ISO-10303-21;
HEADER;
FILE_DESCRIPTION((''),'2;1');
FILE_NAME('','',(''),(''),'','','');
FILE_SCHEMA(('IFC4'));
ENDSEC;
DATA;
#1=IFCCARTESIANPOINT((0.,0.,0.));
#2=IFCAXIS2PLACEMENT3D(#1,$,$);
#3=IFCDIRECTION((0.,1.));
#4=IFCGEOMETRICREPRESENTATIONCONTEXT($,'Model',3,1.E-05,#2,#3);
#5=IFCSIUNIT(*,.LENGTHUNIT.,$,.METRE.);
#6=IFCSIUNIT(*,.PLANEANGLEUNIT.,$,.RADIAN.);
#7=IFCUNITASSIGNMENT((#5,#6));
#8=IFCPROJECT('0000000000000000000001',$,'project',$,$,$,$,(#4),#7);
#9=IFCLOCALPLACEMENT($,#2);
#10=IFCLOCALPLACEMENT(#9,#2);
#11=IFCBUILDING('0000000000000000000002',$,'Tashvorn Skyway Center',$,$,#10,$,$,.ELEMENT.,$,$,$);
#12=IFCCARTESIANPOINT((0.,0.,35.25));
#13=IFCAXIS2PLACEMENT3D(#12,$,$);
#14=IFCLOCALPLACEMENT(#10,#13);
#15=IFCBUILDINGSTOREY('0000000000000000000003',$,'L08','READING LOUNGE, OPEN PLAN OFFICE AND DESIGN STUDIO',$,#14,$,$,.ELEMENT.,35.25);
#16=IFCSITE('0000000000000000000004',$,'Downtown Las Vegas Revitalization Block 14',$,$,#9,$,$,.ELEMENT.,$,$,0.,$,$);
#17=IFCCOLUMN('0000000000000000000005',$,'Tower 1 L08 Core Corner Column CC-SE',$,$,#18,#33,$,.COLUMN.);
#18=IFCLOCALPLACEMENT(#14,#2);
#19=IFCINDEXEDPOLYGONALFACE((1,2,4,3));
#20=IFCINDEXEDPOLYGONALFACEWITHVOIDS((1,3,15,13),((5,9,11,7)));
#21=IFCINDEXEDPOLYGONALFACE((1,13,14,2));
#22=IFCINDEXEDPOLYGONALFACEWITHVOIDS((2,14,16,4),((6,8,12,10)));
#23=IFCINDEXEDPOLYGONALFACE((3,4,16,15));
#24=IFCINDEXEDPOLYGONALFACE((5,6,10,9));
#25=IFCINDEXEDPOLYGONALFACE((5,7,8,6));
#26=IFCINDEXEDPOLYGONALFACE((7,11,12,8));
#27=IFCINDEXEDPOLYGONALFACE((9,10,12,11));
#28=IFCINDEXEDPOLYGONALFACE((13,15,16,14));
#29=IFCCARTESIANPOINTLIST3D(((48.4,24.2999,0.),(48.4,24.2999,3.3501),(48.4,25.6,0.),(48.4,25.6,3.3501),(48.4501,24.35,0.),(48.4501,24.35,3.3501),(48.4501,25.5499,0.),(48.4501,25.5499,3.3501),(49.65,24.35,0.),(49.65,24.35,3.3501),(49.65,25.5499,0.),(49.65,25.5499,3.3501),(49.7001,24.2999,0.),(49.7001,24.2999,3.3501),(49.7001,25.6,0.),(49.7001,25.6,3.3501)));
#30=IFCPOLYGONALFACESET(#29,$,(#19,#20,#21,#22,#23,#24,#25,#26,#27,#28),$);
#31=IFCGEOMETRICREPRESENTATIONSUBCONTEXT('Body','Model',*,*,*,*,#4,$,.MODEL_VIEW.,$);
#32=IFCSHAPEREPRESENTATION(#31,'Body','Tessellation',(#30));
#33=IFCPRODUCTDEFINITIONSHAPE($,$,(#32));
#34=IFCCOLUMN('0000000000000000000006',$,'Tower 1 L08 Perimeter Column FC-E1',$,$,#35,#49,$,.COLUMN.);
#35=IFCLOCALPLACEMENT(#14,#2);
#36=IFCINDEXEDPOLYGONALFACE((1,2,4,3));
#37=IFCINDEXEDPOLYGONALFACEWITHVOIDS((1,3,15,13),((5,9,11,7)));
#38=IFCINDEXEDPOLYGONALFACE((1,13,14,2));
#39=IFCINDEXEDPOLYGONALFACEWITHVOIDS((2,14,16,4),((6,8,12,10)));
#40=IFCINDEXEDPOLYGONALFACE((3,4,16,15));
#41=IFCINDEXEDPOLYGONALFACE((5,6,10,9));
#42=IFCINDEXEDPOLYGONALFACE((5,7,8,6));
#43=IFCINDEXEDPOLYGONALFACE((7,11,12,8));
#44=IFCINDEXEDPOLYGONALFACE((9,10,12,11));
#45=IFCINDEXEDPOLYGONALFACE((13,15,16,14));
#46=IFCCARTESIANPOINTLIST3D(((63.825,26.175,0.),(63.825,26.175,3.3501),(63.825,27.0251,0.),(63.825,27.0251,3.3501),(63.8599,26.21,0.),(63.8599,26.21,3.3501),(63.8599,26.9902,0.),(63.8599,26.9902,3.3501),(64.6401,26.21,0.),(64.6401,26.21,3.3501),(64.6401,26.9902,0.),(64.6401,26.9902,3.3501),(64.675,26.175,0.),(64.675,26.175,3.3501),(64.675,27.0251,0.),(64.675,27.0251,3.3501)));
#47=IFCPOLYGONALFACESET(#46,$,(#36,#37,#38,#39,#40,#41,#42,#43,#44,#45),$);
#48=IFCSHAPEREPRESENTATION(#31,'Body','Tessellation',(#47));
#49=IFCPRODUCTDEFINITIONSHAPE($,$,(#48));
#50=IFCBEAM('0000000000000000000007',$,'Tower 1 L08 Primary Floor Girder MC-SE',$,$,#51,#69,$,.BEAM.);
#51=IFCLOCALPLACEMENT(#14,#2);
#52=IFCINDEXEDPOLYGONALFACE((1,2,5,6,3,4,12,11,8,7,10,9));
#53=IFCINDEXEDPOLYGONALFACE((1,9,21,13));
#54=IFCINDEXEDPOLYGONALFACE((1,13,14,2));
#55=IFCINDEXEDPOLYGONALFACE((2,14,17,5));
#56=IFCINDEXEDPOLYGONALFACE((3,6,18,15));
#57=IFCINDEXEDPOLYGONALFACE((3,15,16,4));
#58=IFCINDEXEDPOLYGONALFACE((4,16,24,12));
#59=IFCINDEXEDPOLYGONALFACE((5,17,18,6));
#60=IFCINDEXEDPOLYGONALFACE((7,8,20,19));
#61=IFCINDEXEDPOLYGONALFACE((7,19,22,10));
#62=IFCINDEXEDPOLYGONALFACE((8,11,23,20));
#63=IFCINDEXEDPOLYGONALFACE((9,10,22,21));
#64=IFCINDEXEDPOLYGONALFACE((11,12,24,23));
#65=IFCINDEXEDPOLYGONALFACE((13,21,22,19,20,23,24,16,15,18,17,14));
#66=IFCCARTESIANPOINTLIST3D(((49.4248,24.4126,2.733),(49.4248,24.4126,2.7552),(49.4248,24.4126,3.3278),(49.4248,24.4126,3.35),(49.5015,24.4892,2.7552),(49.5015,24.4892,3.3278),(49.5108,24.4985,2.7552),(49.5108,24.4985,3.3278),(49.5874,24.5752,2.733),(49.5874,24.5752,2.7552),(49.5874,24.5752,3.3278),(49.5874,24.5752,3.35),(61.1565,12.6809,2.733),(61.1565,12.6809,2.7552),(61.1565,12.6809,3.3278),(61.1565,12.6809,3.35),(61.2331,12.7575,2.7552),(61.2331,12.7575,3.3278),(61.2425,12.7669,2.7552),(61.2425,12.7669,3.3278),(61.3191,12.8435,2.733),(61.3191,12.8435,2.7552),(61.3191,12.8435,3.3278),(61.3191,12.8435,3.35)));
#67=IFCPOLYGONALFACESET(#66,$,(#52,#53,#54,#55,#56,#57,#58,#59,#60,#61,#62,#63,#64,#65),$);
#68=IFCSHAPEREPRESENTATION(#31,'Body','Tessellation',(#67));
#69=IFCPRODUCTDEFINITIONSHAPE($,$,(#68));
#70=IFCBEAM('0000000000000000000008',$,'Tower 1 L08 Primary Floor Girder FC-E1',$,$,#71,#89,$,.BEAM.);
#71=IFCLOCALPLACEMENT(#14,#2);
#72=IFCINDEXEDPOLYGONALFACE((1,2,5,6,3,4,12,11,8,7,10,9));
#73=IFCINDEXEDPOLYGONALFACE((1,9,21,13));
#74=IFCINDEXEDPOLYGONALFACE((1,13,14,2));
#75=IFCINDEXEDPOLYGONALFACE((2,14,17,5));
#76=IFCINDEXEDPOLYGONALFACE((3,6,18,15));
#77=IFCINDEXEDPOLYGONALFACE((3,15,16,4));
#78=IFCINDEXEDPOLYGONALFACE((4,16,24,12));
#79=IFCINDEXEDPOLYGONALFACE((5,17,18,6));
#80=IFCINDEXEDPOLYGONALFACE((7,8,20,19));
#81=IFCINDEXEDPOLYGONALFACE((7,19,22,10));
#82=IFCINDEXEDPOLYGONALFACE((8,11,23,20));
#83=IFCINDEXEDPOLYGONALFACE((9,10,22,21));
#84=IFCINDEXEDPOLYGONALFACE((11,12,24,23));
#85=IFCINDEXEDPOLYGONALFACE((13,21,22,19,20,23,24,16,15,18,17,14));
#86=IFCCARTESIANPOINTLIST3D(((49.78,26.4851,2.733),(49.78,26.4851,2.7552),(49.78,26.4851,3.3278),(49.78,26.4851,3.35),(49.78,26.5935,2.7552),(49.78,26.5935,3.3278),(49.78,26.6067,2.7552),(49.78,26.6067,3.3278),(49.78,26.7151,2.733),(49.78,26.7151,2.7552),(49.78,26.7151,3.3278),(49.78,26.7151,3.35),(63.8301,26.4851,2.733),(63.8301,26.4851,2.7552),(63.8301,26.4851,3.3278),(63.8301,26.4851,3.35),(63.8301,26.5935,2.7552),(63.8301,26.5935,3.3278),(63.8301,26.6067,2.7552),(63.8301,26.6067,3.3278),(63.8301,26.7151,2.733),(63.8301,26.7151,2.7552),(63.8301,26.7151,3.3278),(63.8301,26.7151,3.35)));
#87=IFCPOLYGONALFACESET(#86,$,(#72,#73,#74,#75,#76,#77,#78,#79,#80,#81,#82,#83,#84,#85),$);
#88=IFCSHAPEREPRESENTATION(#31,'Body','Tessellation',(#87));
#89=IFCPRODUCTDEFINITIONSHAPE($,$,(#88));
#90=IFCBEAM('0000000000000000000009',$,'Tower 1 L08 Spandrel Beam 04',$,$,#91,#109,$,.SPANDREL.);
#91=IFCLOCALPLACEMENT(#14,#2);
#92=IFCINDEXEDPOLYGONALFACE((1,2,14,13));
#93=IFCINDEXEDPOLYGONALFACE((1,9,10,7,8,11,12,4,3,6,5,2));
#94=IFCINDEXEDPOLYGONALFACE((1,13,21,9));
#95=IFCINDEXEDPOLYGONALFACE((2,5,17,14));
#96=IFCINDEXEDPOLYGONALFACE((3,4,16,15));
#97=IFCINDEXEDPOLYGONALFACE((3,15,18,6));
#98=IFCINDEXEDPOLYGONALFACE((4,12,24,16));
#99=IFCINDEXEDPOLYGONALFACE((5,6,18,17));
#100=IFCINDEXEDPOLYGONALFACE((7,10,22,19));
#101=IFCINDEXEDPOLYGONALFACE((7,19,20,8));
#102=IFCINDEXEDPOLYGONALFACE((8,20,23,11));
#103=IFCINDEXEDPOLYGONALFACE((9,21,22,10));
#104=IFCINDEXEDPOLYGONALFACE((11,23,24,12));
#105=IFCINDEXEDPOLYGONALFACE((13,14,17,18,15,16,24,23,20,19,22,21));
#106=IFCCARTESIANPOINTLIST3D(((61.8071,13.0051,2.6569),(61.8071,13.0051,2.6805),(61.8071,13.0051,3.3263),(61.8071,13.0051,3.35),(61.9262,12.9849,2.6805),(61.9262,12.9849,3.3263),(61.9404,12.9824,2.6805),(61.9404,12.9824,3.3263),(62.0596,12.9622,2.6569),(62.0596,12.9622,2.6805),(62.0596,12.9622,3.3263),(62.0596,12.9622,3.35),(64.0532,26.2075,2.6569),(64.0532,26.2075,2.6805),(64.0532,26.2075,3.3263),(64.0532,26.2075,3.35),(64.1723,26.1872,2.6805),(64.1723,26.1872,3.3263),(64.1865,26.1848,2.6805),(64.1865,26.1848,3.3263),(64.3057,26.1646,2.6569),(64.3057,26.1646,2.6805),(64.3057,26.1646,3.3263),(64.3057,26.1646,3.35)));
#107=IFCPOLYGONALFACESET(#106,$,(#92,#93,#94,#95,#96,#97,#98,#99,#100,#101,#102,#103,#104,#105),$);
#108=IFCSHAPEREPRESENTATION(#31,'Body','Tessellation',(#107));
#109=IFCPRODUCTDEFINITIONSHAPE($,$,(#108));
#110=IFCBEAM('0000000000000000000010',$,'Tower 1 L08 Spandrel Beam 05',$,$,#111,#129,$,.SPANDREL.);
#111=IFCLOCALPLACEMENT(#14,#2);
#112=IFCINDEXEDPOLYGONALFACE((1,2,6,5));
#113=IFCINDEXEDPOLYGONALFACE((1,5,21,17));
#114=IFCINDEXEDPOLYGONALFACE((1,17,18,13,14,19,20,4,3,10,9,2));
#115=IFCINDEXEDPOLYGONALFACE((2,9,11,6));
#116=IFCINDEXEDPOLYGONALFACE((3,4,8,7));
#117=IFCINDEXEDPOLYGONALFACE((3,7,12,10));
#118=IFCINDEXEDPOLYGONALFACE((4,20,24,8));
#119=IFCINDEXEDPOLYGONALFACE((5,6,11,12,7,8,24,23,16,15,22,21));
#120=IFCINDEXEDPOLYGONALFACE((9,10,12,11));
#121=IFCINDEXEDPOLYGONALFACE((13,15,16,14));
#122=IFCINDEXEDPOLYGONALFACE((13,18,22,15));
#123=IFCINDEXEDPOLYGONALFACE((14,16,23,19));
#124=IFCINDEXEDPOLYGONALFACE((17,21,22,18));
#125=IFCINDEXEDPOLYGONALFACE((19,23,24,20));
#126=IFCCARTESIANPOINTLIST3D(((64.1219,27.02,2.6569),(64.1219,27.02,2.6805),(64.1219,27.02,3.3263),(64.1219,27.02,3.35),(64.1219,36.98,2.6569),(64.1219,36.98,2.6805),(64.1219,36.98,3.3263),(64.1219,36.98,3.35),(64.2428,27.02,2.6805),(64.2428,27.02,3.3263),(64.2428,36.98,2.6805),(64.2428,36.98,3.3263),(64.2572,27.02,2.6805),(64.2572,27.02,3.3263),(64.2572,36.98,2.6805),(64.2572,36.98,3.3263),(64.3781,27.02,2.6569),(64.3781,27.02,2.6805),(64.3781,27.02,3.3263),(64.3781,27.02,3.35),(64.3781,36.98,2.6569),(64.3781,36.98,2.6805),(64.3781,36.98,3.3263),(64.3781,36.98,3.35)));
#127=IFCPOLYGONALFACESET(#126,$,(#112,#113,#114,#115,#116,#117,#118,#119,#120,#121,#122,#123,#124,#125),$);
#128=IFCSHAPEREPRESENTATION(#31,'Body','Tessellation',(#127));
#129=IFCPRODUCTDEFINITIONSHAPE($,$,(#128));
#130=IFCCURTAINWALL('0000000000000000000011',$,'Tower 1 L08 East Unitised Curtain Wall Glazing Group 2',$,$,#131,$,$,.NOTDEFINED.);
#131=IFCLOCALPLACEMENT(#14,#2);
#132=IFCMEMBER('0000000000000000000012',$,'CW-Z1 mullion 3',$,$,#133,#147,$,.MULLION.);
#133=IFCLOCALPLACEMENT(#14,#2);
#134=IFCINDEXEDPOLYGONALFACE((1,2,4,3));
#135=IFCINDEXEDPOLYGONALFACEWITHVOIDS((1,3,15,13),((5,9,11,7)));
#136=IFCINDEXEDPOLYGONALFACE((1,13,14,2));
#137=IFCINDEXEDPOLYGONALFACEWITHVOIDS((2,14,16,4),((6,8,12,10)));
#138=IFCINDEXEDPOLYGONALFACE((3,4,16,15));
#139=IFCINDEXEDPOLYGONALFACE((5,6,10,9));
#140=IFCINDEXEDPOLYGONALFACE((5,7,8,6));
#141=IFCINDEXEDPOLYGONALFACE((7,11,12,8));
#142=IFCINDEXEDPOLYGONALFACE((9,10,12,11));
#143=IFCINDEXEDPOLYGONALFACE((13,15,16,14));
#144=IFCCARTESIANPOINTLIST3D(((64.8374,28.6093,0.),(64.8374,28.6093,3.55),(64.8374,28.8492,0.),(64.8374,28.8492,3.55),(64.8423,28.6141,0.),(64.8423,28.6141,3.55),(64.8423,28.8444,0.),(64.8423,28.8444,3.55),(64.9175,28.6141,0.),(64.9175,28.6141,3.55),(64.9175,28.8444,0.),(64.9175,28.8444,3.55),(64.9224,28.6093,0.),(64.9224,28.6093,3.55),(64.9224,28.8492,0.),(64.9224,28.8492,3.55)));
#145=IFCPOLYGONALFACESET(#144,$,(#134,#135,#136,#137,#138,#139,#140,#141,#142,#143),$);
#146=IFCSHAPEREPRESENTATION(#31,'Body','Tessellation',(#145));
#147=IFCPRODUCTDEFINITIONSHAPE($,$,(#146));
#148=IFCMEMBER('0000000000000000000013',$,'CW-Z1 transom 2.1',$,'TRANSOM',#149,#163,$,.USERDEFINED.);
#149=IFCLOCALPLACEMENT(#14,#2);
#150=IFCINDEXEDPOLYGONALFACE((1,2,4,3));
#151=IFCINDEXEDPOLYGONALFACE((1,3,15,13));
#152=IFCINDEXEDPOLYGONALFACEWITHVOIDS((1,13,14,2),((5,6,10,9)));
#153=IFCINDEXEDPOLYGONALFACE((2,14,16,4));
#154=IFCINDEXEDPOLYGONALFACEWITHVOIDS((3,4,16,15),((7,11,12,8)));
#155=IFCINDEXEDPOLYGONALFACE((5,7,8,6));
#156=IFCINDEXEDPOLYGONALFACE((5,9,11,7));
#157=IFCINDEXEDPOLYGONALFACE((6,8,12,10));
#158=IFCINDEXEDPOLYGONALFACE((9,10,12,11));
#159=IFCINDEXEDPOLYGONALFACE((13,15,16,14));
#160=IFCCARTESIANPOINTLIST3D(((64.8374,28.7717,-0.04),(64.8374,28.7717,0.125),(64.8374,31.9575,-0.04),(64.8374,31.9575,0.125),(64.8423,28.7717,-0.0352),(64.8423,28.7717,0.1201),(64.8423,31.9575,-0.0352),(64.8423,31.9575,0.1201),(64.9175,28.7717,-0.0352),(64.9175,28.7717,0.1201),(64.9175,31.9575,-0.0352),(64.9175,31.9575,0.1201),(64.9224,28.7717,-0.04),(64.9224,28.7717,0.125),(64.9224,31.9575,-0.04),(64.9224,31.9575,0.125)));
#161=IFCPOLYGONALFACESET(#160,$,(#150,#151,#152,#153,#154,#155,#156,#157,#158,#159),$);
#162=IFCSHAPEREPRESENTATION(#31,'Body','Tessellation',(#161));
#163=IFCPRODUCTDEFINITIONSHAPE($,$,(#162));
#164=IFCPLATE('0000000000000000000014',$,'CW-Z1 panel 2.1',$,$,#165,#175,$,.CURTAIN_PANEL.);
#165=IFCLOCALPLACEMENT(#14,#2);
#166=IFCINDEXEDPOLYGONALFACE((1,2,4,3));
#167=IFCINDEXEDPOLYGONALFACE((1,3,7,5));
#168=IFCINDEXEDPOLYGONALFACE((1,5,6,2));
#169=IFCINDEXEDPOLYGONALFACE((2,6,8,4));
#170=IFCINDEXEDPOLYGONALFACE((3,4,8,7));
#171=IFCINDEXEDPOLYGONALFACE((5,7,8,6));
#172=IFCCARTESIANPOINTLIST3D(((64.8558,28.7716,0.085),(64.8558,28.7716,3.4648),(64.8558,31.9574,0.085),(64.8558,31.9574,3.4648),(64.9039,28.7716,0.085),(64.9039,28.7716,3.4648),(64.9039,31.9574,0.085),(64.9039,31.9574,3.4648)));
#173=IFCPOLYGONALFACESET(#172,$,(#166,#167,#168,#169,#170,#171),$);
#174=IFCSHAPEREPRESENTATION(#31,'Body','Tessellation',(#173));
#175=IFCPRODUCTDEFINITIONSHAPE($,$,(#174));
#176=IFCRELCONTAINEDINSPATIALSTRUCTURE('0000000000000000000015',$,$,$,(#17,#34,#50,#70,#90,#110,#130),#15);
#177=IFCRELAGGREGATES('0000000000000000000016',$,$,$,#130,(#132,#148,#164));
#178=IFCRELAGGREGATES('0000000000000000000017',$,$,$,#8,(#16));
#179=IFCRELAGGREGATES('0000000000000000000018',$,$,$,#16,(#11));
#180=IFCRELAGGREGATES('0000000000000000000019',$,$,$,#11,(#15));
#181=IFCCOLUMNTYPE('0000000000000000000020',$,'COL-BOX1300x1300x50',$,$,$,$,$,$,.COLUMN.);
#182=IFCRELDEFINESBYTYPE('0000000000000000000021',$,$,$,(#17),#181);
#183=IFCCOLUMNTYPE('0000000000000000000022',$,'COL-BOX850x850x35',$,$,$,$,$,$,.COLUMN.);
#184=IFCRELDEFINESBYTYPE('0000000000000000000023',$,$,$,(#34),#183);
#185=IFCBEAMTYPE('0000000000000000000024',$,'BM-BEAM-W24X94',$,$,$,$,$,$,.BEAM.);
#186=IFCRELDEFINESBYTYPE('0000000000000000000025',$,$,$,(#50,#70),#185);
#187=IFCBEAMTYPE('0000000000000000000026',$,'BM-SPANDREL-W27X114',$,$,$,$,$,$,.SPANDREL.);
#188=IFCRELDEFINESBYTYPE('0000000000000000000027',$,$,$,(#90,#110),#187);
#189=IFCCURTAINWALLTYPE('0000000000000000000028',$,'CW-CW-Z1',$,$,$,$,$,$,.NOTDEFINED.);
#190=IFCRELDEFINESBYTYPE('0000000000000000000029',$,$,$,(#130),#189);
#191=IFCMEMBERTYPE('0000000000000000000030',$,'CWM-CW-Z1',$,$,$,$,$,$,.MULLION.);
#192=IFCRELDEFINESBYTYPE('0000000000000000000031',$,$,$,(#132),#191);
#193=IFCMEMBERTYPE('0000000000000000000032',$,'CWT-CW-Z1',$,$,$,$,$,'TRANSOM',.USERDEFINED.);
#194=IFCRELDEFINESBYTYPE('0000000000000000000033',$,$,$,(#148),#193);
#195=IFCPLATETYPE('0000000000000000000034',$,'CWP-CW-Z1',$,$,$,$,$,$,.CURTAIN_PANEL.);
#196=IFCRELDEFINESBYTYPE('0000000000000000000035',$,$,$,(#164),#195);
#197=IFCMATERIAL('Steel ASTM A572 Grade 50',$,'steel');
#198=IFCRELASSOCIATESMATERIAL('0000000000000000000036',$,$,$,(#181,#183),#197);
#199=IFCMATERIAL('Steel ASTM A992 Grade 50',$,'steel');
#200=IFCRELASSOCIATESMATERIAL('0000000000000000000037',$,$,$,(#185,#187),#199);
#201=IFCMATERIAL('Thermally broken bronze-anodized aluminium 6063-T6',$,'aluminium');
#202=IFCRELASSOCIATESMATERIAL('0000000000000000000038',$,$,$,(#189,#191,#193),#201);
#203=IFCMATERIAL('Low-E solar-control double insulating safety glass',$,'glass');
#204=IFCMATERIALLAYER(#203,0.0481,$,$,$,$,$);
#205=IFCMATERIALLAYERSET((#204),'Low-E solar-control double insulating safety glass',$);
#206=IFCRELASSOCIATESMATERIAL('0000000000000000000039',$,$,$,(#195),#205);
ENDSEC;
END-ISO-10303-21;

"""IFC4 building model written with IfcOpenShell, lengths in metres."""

from ifc_helpers import new_model, si_unit, direction, frame, origin, origin_2d, place, context, subcontext, project, spatial, rectangle, hollow_rectangle, i_section, extrude, material, layer, layer_set, material_profile, profile_set, type_object, element, aggregate, save


model = new_model("IFC4")

# Units and contexts
model_context = context("Model", 3, precision=1e-05, world=origin(), true_north=direction((0.0, 1.0)))
body_context = subcontext(model_context, "Body", "Model", "MODEL_VIEW")
ifc_project = project(units=[si_unit("LENGTHUNIT", "METRE"), si_unit("PLANEANGLEUNIT", "RADIAN")], contexts=[model_context])

# Site, building, storey
site_placement = place(None, origin())
site = spatial("IfcSite", under=ifc_project, at=site_placement, Name="Downtown Las Vegas Revitalization Block 14", CompositionType="ELEMENT", RefElevation=0.0)
building_placement = place(site_placement, origin())
building = spatial("IfcBuilding", under=site, at=building_placement, Name="Tashvorn Skyway Center", CompositionType="ELEMENT")
storey_placement = place(building_placement, frame((0.0, 0.0, 35.25)))
storey = spatial("IfcBuildingStorey", under=building, at=storey_placement, Name="L08", Description="READING LOUNGE, OPEN PLAN OFFICE AND DESIGN STUDIO", CompositionType="ELEMENT", Elevation=35.25)

# Columns
ifc_material_1 = material(Name="Steel ASTM A572 Grade 50", Category="steel")
ifc_material_profile_1 = material_profile(ifc_material_1, hollow_rectangle(XDim=1.3, YDim=1.3, WallThickness=0.05, at=origin_2d()), Name="BOX1300x1300x50")
ifc_profile_set_1 = profile_set([ifc_material_profile_1], Name="Steel ASTM A572 Grade 50")
column_type_1 = type_object("IfcColumnType", Name="COL-BOX1300x1300x50", PredefinedType="COLUMN", material=ifc_profile_set_1)
column_1_placement = place(storey_placement, frame((49.05, 24.95, 0.0), z_axis=(0.0, 0.0, 1.0), x_axis=(1.0, 0.0, 0.0)))
element("IfcColumn", 1, at=column_1_placement, inside=storey, type_object=column_type_1, Name="Tower 1 L08 Core Corner Column CC-SE", PredefinedType="COLUMN", context=body_context, shape_type="SweptSolid", body=[
    extrude(hollow_rectangle(XDim=1.3, YDim=1.3, WallThickness=0.05, at=origin_2d()), origin(), (0.0, 0.0, 1.0), 3.3501),
])
ifc_material_profile_2 = material_profile(ifc_material_1, hollow_rectangle(XDim=0.8501, YDim=0.8501, WallThickness=0.0349, at=origin_2d()), Name="BOX850x850x35")
ifc_profile_set_2 = profile_set([ifc_material_profile_2], Name="Steel ASTM A572 Grade 50")
column_type_2 = type_object("IfcColumnType", Name="COL-BOX850x850x35", PredefinedType="COLUMN", material=ifc_profile_set_2)
column_2_placement = place(storey_placement, frame((64.25, 26.6001, 0.0), z_axis=(0.0, 0.0, 1.0), x_axis=(1.0, 0.0, 0.0)))
element("IfcColumn", 2, at=column_2_placement, inside=storey, type_object=column_type_2, Name="Tower 1 L08 Perimeter Column FC-E1", PredefinedType="COLUMN", context=body_context, shape_type="SweptSolid", body=[
    extrude(hollow_rectangle(XDim=0.8501, YDim=0.8501, WallThickness=0.0349, at=origin_2d()), origin(), (0.0, 0.0, 1.0), 3.3501),
])

# Beams
ifc_material_2 = material(Name="Steel ASTM A992 Grade 50", Category="steel")
ifc_material_profile_3 = material_profile(ifc_material_2, i_section(OverallWidth=0.23, OverallDepth=0.6169, WebThickness=0.0132, FlangeThickness=0.0222, at=origin_2d()), Name="W24X94")
ifc_profile_set_3 = profile_set([ifc_material_profile_3], Name="Steel ASTM A992 Grade 50")
beam_type_1 = type_object("IfcBeamType", Name="BM-BEAM-W24X94", PredefinedType="BEAM", material=ifc_profile_set_3)
beam_1_placement = place(storey_placement, frame((61.2378, 12.7622, 3.0415), z_axis=(-0.707107, 0.707107, 0.0), x_axis=(-0.707107, -0.707107, 0.0)))
element("IfcBeam", 3, at=beam_1_placement, inside=storey, type_object=beam_type_1, Name="Tower 1 L08 Primary Floor Girder MC-SE", PredefinedType="BEAM", context=body_context, shape_type="SweptSolid", body=[
    extrude(i_section(OverallWidth=0.23, OverallDepth=0.6169, WebThickness=0.0132, FlangeThickness=0.0222, at=origin_2d()), origin(), (0.0, 0.0, 1.0), 16.5911),
])
beam_2_placement = place(storey_placement, frame((63.8301, 26.6001, 3.0415), z_axis=(-1.0, 0.0, 0.0), x_axis=(0.0, -1.0, 0.0)))
element("IfcBeam", 4, at=beam_2_placement, inside=storey, type_object=beam_type_1, Name="Tower 1 L08 Primary Floor Girder FC-E1", PredefinedType="BEAM", context=body_context, shape_type="SweptSolid", body=[
    extrude(i_section(OverallWidth=0.23, OverallDepth=0.6169, WebThickness=0.0132, FlangeThickness=0.0222, at=origin_2d()), origin(), (0.0, 0.0, 1.0), 14.05),
])
ifc_material_profile_4 = material_profile(ifc_material_2, i_section(OverallWidth=0.2561, OverallDepth=0.6931, WebThickness=0.0144, FlangeThickness=0.0237, at=origin_2d()), Name="W27X114")
ifc_profile_set_4 = profile_set([ifc_material_profile_4], Name="Steel ASTM A992 Grade 50")
beam_type_2 = type_object("IfcBeamType", Name="BM-SPANDREL-W27X114", PredefinedType="SPANDREL", material=ifc_profile_set_4)
beam_3_placement = place(storey_placement, frame((61.9333, 12.9836, 3.0034), z_axis=(0.167718, 0.985835, 0.0), x_axis=(-0.985835, 0.167718, 0.0)))
element("IfcBeam", 5, at=beam_3_placement, inside=storey, type_object=beam_type_2, Name="Tower 1 L08 Spandrel Beam 04", PredefinedType="SPANDREL", context=body_context, shape_type="SweptSolid", body=[
    extrude(i_section(OverallWidth=0.2561, OverallDepth=0.6931, WebThickness=0.0144, FlangeThickness=0.0237, at=origin_2d()), origin(), (0.0, 0.0, 1.0), 13.3921),
])
beam_4_placement = place(storey_placement, frame((64.25, 27.02, 3.0034), z_axis=(0.0, 1.0, 0.0), x_axis=(-1.0, 0.0, 0.0)))
element("IfcBeam", 6, at=beam_4_placement, inside=storey, type_object=beam_type_2, Name="Tower 1 L08 Spandrel Beam 05", PredefinedType="SPANDREL", context=body_context, shape_type="SweptSolid", body=[
    extrude(i_section(OverallWidth=0.2561, OverallDepth=0.6931, WebThickness=0.0144, FlangeThickness=0.0237, at=origin_2d()), origin(), (0.0, 0.0, 1.0), 9.96),
])

# Curtain wall, members, plate
ifc_material_3 = material(Name="Thermally broken bronze-anodized aluminium 6063-T6", Category="aluminium")
curtain_wall_type = type_object("IfcCurtainWallType", Name="CW-CW-Z1", PredefinedType="NOTDEFINED", material=ifc_material_3)
curtain_wall_placement = place(storey_placement, origin())
curtain_wall = element("IfcCurtainWall", 7, at=curtain_wall_placement, inside=storey, type_object=curtain_wall_type, Name="Tower 1 L08 East Unitised Curtain Wall Glazing Group 2", PredefinedType="NOTDEFINED")
ifc_material_profile_5 = material_profile(ifc_material_3, hollow_rectangle(XDim=0.085, YDim=0.24, WallThickness=0.0049, at=origin_2d()), Name="ALU-MULL-85x240")
ifc_profile_set_5 = profile_set([ifc_material_profile_5], Name="Thermally broken bronze-anodized aluminium 6063-T6")
member_type_1 = type_object("IfcMemberType", Name="CWM-CW-Z1", PredefinedType="MULLION", material=ifc_profile_set_5)
member_1_placement = place(storey_placement, frame((64.8799, 28.7292, 0.0), z_axis=(0.0, 0.0, 1.0), x_axis=(1.0, 0.0, 0.0)))
member_1 = element("IfcMember", 8, at=member_1_placement, type_object=member_type_1, Name="CW-Z1 mullion 3", PredefinedType="MULLION", context=body_context, shape_type="SweptSolid", body=[
    extrude(hollow_rectangle(XDim=0.085, YDim=0.24, WallThickness=0.0049, at=origin_2d()), origin(), (0.0, 0.0, 1.0), 3.55),
])
ifc_material_profile_6 = material_profile(ifc_material_3, hollow_rectangle(XDim=0.085, YDim=0.165, WallThickness=0.0049, at=origin_2d()), Name="ALU-TRAN-85x165")
ifc_profile_set_6 = profile_set([ifc_material_profile_6], Name="Thermally broken bronze-anodized aluminium 6063-T6")
member_type_2 = type_object("IfcMemberType", Name="CWT-CW-Z1", ElementType="TRANSOM", PredefinedType="USERDEFINED", material=ifc_profile_set_6)
member_2_placement = place(storey_placement, frame((64.8799, 31.9575, 0.0425), z_axis=(0.0, -1.0, 0.0), x_axis=(1.0, 0.0, 0.0)))
member_2 = element("IfcMember", 9, at=member_2_placement, type_object=member_type_2, Name="CW-Z1 transom 2.1", ObjectType="TRANSOM", PredefinedType="USERDEFINED", context=body_context, shape_type="SweptSolid", body=[
    extrude(hollow_rectangle(XDim=0.085, YDim=0.165, WallThickness=0.0049, at=origin_2d()), origin(), (0.0, 0.0, 1.0), 3.1858),
])
ifc_material_4 = material(Name="Low-E solar-control double insulating safety glass", Category="glass")
ifc_layer_1 = layer(ifc_material_4, 0.0481)
ifc_layer_set_1 = layer_set([ifc_layer_1], Name="Low-E solar-control double insulating safety glass")
plate_type = type_object("IfcPlateType", Name="CWP-CW-Z1", PredefinedType="CURTAIN_PANEL", material=ifc_layer_set_1)
plate_placement = place(storey_placement, frame((64.8799, 30.3645, 0.085), z_axis=(0.0, 0.0, 1.0), x_axis=(0.0, -1.0, 0.0)))
plate = element("IfcPlate", 10, at=plate_placement, type_object=plate_type, Name="CW-Z1 panel 2.1", PredefinedType="CURTAIN_PANEL", context=body_context, shape_type="SweptSolid", body=[
    extrude(rectangle(XDim=3.1858, YDim=0.0481, at=origin_2d()), origin(), (0.0, 0.0, 1.0), 3.3799),
])
aggregate(curtain_wall, [member_1, member_2, plate])

save(model, "model.ifc")
